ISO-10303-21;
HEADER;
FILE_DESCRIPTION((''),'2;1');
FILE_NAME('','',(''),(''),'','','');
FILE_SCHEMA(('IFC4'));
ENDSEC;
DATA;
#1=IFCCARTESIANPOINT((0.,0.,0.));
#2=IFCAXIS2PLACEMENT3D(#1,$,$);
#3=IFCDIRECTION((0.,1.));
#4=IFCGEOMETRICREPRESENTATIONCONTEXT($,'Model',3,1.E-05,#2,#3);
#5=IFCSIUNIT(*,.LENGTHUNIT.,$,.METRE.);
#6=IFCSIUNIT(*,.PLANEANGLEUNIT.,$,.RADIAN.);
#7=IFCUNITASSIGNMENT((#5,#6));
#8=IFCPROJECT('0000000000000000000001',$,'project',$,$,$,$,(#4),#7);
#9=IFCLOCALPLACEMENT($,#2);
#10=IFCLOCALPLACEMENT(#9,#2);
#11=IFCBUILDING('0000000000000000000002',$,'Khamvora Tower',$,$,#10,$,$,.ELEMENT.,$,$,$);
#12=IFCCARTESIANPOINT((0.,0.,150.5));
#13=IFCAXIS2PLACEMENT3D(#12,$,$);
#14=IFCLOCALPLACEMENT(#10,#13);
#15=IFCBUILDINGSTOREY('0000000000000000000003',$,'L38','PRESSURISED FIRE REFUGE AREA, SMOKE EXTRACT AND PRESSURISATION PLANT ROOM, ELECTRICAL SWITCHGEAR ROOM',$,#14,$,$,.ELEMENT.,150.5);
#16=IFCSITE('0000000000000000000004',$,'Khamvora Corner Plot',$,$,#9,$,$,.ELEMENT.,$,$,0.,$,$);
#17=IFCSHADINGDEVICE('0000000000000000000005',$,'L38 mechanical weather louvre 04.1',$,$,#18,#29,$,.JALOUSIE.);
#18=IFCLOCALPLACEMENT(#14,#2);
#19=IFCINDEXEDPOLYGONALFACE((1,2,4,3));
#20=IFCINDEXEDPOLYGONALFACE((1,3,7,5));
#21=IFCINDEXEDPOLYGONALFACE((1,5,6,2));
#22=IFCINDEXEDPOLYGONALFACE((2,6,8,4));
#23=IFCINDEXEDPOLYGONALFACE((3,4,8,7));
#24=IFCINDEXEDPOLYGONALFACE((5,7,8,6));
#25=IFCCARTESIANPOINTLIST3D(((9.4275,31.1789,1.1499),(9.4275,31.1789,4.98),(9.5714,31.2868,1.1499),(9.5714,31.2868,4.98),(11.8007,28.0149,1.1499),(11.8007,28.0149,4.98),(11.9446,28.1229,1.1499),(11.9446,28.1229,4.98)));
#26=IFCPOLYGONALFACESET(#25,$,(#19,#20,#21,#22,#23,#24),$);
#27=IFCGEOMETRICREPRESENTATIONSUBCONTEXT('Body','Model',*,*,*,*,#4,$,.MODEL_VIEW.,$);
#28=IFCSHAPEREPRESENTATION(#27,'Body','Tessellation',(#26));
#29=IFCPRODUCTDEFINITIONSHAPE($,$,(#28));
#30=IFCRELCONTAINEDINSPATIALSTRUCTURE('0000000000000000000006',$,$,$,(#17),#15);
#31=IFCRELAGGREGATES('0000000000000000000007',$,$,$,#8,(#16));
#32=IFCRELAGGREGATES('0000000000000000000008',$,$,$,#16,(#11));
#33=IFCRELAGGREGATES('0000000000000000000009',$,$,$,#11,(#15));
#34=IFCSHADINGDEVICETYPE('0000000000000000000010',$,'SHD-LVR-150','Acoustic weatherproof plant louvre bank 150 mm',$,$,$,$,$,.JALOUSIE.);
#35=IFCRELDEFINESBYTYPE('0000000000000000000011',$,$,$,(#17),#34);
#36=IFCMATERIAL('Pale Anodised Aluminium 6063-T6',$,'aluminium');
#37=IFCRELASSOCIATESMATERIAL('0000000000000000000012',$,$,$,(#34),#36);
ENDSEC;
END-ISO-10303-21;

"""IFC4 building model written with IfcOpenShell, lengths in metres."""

from ifc_helpers import new_model, si_unit, direction, frame, origin, origin_2d, place, context, subcontext, project, spatial, rectangle, extrude, material, type_object, element, save


model = new_model("IFC4")

# Units and contexts
model_context = context("Model", 3, precision=1e-05, world=origin(), true_north=direction((0.0, 1.0)))
body_context = subcontext(model_context, "Body", "Model", "MODEL_VIEW")
ifc_project = project(units=[si_unit("LENGTHUNIT", "METRE"), si_unit("PLANEANGLEUNIT", "RADIAN")], contexts=[model_context])

# Site, building, storey
site_placement = place(None, origin())
site = spatial("IfcSite", under=ifc_project, at=site_placement, Name="Khamvora Corner Plot", CompositionType="ELEMENT", RefElevation=0.0)
building_placement = place(site_placement, origin())
building = spatial("IfcBuilding", under=site, at=building_placement, Name="Khamvora Tower", CompositionType="ELEMENT")
storey_placement = place(building_placement, frame((0.0, 0.0, 150.5)))
storey = spatial("IfcBuildingStorey", under=building, at=storey_placement, Name="L38", Description="PRESSURISED FIRE REFUGE AREA, SMOKE EXTRACT AND PRESSURISATION PLANT ROOM, ELECTRICAL SWITCHGEAR ROOM", CompositionType="ELEMENT", Elevation=150.5)

# Shading device
ifc_material_1 = material(Name="Pale Anodised Aluminium 6063-T6", Category="aluminium")
shading_device_type = type_object("IfcShadingDeviceType", Name="SHD-LVR-150", Description="Acoustic weatherproof plant louvre bank 150 mm", PredefinedType="JALOUSIE", material=ifc_material_1)
shading_device_placement = place(storey_placement, frame((10.686, 29.6509, 1.1499), z_axis=(0.0, 0.0, 1.0), x_axis=(-0.60004, 0.79997, 0.0)))
element("IfcShadingDevice", 1, at=shading_device_placement, inside=storey, type_object=shading_device_type, Name="L38 mechanical weather louvre 04.1", PredefinedType="JALOUSIE", context=body_context, shape_type="SweptSolid", body=[
    extrude(rectangle(XDim=3.9551, YDim=0.1799, at=origin_2d()), origin(), (0.0, 0.0, 1.0), 3.8301),
])

save(model, "model.ifc")
